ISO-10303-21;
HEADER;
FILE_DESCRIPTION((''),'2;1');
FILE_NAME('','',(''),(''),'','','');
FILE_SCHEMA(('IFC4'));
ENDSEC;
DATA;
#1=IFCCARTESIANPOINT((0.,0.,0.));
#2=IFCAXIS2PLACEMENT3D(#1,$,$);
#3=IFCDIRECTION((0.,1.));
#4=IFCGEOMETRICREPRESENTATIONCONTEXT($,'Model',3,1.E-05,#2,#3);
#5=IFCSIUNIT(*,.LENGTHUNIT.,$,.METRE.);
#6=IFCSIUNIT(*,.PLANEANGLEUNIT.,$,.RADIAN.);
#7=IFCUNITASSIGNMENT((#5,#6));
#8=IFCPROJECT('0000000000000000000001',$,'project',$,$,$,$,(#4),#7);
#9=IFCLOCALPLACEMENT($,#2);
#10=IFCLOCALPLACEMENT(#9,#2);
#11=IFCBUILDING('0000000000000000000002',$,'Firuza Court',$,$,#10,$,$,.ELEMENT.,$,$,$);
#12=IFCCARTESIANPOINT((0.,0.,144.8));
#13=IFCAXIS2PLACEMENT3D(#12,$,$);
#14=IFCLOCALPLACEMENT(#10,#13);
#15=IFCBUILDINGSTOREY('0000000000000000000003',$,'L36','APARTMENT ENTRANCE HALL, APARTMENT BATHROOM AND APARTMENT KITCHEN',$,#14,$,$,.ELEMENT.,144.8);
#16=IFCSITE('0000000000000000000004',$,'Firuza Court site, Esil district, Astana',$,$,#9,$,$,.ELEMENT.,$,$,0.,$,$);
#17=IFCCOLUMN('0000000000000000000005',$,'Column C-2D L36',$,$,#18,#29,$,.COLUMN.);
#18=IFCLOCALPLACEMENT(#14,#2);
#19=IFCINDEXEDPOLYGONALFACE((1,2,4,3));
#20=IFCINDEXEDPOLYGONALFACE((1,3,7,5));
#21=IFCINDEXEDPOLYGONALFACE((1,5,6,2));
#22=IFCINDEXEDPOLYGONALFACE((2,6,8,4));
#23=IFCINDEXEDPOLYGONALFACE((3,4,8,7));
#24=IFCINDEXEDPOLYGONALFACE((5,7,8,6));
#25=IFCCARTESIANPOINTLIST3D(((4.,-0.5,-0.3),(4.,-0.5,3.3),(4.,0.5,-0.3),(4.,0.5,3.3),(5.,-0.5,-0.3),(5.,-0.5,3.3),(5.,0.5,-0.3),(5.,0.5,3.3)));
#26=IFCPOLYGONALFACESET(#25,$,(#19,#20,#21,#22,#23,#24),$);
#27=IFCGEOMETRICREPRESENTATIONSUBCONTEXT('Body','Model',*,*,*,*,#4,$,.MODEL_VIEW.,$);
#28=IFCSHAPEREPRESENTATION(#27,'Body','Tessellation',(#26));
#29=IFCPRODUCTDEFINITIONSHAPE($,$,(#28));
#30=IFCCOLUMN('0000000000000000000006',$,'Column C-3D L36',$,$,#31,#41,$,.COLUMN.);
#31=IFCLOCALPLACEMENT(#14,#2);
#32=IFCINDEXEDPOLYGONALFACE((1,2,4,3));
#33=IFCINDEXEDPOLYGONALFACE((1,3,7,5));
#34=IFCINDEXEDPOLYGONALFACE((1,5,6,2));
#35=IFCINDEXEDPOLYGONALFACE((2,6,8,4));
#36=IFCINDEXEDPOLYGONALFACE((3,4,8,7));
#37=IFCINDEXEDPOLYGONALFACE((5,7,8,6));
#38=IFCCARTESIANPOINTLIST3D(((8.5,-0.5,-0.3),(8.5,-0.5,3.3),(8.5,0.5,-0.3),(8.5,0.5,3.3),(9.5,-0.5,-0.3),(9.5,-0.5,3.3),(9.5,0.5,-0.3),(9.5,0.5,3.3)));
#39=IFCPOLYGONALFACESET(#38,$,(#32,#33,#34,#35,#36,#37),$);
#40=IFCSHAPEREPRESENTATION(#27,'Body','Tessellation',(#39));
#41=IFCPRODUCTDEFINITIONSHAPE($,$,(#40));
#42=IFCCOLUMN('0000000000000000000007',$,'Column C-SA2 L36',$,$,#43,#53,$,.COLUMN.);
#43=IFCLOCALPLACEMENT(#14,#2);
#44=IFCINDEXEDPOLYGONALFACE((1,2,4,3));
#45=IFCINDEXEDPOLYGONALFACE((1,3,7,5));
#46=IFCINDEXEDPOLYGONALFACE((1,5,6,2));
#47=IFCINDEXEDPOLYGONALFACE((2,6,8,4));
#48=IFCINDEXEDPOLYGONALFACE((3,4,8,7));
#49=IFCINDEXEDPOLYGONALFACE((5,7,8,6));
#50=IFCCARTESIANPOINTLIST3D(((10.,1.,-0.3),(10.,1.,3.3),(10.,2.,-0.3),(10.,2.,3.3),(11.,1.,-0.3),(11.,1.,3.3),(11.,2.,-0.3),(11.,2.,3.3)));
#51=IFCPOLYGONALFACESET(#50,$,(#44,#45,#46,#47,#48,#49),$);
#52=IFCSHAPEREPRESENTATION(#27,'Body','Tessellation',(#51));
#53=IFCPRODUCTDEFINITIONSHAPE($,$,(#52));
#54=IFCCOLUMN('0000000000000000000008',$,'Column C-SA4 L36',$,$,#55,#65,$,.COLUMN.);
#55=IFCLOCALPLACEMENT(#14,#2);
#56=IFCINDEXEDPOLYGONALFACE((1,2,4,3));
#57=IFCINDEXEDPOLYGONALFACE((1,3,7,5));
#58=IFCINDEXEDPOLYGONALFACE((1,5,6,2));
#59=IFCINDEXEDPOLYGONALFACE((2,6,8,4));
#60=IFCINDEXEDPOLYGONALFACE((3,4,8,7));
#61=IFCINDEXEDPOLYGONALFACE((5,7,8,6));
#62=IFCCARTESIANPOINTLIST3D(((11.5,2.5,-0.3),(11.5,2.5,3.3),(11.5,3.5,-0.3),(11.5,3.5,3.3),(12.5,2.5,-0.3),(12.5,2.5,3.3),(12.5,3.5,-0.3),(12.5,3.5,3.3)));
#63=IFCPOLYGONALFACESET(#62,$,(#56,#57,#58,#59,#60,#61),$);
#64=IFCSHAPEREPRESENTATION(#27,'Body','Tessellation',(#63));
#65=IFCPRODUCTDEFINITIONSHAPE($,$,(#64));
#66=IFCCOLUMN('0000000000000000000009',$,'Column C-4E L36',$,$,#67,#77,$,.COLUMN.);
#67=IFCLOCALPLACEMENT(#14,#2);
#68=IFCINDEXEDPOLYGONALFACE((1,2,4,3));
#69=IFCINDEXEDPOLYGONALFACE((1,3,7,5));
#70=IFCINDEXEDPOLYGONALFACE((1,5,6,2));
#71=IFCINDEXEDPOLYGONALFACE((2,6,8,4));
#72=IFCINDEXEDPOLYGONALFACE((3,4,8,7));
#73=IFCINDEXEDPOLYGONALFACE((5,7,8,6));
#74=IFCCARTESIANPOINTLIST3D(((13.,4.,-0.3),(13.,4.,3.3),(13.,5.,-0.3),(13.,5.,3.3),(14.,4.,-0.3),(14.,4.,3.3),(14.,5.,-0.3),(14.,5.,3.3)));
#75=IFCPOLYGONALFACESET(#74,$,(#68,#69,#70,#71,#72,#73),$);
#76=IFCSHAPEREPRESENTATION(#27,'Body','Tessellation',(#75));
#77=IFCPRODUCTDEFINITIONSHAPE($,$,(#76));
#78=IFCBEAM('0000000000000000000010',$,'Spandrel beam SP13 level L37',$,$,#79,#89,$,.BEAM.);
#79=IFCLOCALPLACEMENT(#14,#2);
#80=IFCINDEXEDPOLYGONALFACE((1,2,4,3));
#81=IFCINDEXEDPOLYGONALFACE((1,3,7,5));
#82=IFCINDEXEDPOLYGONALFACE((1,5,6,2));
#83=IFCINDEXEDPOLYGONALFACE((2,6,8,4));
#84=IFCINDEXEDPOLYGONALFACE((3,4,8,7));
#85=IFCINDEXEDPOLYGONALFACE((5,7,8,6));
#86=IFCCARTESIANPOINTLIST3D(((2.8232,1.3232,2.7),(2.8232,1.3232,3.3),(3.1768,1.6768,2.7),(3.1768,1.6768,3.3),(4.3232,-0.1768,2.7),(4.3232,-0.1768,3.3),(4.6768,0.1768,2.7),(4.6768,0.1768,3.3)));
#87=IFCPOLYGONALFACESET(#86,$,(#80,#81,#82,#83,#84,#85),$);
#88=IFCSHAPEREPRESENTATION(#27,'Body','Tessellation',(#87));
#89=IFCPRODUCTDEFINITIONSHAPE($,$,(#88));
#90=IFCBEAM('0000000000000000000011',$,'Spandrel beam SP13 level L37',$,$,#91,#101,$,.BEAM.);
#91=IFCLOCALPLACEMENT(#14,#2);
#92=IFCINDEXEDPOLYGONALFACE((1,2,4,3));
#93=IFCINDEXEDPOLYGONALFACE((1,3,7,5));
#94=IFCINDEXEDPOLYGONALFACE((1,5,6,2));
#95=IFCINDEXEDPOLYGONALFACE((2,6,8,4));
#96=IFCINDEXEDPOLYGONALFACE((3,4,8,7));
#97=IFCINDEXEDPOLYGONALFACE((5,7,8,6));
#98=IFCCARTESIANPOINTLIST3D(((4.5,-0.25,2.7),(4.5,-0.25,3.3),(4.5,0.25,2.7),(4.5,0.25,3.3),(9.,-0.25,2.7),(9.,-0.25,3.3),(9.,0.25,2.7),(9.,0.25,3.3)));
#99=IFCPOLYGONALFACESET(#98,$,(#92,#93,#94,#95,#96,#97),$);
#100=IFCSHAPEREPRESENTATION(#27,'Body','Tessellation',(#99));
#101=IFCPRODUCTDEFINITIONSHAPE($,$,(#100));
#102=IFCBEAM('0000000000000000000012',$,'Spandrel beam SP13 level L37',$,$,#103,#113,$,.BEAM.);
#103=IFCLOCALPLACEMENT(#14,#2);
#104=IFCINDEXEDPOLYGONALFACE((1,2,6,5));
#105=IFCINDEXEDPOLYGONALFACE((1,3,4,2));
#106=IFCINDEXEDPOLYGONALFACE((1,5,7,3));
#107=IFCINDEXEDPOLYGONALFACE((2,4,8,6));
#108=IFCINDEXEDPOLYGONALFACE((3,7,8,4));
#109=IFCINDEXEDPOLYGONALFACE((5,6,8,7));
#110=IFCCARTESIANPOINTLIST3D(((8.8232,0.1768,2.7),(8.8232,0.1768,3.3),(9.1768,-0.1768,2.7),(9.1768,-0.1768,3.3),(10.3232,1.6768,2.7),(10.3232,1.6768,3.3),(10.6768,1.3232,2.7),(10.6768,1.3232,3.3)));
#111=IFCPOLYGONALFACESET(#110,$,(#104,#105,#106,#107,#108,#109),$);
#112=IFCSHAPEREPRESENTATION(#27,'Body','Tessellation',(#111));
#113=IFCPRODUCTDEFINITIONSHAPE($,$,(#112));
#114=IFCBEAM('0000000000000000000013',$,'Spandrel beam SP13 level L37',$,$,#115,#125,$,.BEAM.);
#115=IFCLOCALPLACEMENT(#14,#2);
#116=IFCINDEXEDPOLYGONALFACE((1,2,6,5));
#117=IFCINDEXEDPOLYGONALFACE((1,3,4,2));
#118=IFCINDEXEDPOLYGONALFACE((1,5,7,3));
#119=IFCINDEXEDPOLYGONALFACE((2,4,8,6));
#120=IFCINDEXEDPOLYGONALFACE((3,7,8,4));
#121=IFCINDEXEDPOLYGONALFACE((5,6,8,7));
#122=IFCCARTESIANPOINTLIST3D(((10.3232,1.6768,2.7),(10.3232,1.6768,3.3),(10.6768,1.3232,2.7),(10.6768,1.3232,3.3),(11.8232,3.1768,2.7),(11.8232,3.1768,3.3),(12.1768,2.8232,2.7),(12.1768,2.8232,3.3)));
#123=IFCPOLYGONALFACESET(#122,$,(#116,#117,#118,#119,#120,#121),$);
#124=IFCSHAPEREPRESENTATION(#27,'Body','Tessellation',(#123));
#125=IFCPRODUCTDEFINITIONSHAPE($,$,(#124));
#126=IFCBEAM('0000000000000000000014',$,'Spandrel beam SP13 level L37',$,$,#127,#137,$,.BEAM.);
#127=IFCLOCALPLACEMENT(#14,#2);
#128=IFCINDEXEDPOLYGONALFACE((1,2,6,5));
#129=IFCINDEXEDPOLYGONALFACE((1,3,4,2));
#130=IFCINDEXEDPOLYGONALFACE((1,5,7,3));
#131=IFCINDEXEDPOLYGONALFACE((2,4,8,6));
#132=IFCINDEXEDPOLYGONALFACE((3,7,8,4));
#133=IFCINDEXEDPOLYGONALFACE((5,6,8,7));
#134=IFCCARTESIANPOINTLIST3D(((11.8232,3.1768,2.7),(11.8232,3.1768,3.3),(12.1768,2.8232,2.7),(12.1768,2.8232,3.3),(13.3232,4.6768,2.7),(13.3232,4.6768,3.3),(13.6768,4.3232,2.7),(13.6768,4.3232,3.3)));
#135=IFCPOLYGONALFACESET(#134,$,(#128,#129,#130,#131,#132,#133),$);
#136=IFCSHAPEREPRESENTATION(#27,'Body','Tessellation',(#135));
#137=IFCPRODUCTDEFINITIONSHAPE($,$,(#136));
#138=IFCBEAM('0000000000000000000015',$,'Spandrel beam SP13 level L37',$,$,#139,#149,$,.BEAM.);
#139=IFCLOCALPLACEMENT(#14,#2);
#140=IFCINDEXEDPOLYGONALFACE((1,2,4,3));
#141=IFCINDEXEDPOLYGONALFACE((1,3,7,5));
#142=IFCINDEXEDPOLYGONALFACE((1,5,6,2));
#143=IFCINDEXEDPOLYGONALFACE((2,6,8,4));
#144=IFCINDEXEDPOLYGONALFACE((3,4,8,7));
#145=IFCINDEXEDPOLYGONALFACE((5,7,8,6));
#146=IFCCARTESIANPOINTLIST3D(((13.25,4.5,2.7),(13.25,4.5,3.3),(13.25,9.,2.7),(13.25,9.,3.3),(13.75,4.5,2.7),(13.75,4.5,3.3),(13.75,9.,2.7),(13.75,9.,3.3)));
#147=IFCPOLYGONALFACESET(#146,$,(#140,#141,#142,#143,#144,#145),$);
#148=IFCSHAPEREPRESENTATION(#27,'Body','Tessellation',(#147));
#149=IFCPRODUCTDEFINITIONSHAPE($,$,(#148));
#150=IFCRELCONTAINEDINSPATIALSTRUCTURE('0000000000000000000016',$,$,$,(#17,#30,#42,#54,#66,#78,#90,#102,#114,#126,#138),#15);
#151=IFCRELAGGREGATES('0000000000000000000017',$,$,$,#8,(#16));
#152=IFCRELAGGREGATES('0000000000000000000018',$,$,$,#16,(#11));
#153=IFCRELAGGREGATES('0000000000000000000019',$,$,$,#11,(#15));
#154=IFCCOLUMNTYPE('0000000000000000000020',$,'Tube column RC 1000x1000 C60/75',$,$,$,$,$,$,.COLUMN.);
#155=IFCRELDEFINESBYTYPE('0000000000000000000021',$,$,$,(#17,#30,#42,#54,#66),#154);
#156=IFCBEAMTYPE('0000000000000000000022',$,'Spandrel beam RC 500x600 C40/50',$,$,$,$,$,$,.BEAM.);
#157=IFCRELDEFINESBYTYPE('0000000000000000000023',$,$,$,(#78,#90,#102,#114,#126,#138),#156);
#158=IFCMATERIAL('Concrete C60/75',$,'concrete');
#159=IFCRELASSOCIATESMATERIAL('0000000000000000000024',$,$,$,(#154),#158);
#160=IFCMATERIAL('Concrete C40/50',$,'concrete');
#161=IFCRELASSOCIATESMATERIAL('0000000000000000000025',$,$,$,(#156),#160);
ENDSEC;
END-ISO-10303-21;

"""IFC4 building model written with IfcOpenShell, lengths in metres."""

from ifc_helpers import new_model, si_unit, direction, frame, origin, origin_2d, place, context, subcontext, project, spatial, rectangle, extrude, material, material_profile, profile_set, type_object, element, save


model = new_model("IFC4")

# Units and contexts
model_context = context("Model", 3, precision=1e-05, world=origin(), true_north=direction((0.0, 1.0)))
body_context = subcontext(model_context, "Body", "Model", "MODEL_VIEW")
ifc_project = project(units=[si_unit("LENGTHUNIT", "METRE"), si_unit("PLANEANGLEUNIT", "RADIAN")], contexts=[model_context])

# Site, building, storey
site_placement = place(None, origin())
site = spatial("IfcSite", under=ifc_project, at=site_placement, Name="Firuza Court site, Esil district, Astana", CompositionType="ELEMENT", RefElevation=0.0)
building_placement = place(site_placement, origin())
building = spatial("IfcBuilding", under=site, at=building_placement, Name="Firuza Court", CompositionType="ELEMENT")
storey_placement = place(building_placement, frame((0.0, 0.0, 144.8)))
storey = spatial("IfcBuildingStorey", under=building, at=storey_placement, Name="L36", Description="APARTMENT ENTRANCE HALL, APARTMENT BATHROOM AND APARTMENT KITCHEN", CompositionType="ELEMENT", Elevation=144.8)

# Columns
ifc_material_1 = material(Name="Concrete C60/75", Category="concrete")
ifc_material_profile_1 = material_profile(ifc_material_1, rectangle(XDim=1.0, YDim=1.0, at=origin_2d()), Name="RC 1000x1000")
ifc_profile_set_1 = profile_set([ifc_material_profile_1], Name="Concrete C60/75")
column_type = type_object("IfcColumnType", Name="Tube column RC 1000x1000 C60/75", PredefinedType="COLUMN", material=ifc_profile_set_1)
for number, where, z_axis, x_axis, name in (
    (1, (4.5, 0.0, -0.3), (0.0, 0.0, 1.0), (1.0, 0.0, 0.0), "Column C-2D L36"),
    (2, (9.0, 0.0, -0.3), (0.0, 0.0, 1.0), (1.0, 0.0, 0.0), "Column C-3D L36"),
    (3, (10.5, 1.5, -0.3), (0.0, 0.0, 1.0), (1.0, 0.0, 0.0), "Column C-SA2 L36"),
    (4, (12.0, 3.0, -0.3), (0.0, 0.0, 1.0), (1.0, 0.0, 0.0), "Column C-SA4 L36"),
    (5, (13.5, 4.5, -0.3), (0.0, 0.0, 1.0), (1.0, 0.0, 0.0), "Column C-4E L36"),
):
    element("IfcColumn", number, at=place(storey_placement, frame(where, z_axis=z_axis, x_axis=x_axis)), inside=storey, type_object=column_type, Name=name, PredefinedType="COLUMN", context=body_context, shape_type="SweptSolid", body=[
        extrude(rectangle(XDim=1.0, YDim=1.0, at=origin_2d()), origin(), (0.0, 0.0, 1.0), 3.6001),
    ])

# Beams
ifc_material_2 = material(Name="Concrete C40/50", Category="concrete")
ifc_material_profile_2 = material_profile(ifc_material_2, rectangle(XDim=0.5, YDim=0.6001, at=origin_2d()), Name="RC 500x600")
ifc_profile_set_2 = profile_set([ifc_material_profile_2], Name="Concrete C40/50")
beam_type = type_object("IfcBeamType", Name="Spandrel beam RC 500x600 C40/50", PredefinedType="BEAM", material=ifc_profile_set_2)
beam_1_placement = place(storey_placement, frame((3.0, 1.5, 3.0), z_axis=(0.707107, -0.707107, 0.0), x_axis=(0.707107, 0.707107, 0.0)))
element("IfcBeam", 6, at=beam_1_placement, inside=storey, type_object=beam_type, Name="Spandrel beam SP13 level L37", PredefinedType="BEAM", context=body_context, shape_type="SweptSolid", body=[
    extrude(rectangle(XDim=0.5, YDim=0.6001, at=origin_2d()), origin(), (0.0, 0.0, 1.0), 2.1213),
])
beam_2_placement = place(storey_placement, frame((4.5, 0.0, 3.0), z_axis=(1.0, 0.0, 0.0), x_axis=(0.0, 1.0, 0.0)))
element("IfcBeam", 7, at=beam_2_placement, inside=storey, type_object=beam_type, Name="Spandrel beam SP13 level L37", PredefinedType="BEAM", context=body_context, shape_type="SweptSolid", body=[
    extrude(rectangle(XDim=0.5, YDim=0.6001, at=origin_2d()), origin(), (0.0, 0.0, 1.0), 4.5),
])
for number, where, z_axis, x_axis, name in (
    (8, (9.0, 0.0, 3.0), (0.707107, 0.707107, 0.0), (-0.707107, 0.707107, 0.0), "Spandrel beam SP13 level L37"),
    (9, (10.5, 1.5, 3.0), (0.707107, 0.707107, 0.0), (-0.707107, 0.707107, 0.0), "Spandrel beam SP13 level L37"),
    (10, (12.0, 3.0, 3.0), (0.707107, 0.707107, 0.0), (-0.707107, 0.707107, 0.0), "Spandrel beam SP13 level L37"),
):
    element("IfcBeam", number, at=place(storey_placement, frame(where, z_axis=z_axis, x_axis=x_axis)), inside=storey, type_object=beam_type, Name=name, PredefinedType="BEAM", context=body_context, shape_type="SweptSolid", body=[
        extrude(rectangle(XDim=0.5, YDim=0.6001, at=origin_2d()), origin(), (0.0, 0.0, 1.0), 2.1213),
    ])
beam_3_placement = place(storey_placement, frame((13.5, 4.5, 3.0), z_axis=(0.0, 1.0, 0.0), x_axis=(-1.0, 0.0, 0.0)))
element("IfcBeam", 11, at=beam_3_placement, inside=storey, type_object=beam_type, Name="Spandrel beam SP13 level L37", PredefinedType="BEAM", context=body_context, shape_type="SweptSolid", body=[
    extrude(rectangle(XDim=0.5, YDim=0.6001, at=origin_2d()), origin(), (0.0, 0.0, 1.0), 4.5),
])

save(model, "model.ifc")
